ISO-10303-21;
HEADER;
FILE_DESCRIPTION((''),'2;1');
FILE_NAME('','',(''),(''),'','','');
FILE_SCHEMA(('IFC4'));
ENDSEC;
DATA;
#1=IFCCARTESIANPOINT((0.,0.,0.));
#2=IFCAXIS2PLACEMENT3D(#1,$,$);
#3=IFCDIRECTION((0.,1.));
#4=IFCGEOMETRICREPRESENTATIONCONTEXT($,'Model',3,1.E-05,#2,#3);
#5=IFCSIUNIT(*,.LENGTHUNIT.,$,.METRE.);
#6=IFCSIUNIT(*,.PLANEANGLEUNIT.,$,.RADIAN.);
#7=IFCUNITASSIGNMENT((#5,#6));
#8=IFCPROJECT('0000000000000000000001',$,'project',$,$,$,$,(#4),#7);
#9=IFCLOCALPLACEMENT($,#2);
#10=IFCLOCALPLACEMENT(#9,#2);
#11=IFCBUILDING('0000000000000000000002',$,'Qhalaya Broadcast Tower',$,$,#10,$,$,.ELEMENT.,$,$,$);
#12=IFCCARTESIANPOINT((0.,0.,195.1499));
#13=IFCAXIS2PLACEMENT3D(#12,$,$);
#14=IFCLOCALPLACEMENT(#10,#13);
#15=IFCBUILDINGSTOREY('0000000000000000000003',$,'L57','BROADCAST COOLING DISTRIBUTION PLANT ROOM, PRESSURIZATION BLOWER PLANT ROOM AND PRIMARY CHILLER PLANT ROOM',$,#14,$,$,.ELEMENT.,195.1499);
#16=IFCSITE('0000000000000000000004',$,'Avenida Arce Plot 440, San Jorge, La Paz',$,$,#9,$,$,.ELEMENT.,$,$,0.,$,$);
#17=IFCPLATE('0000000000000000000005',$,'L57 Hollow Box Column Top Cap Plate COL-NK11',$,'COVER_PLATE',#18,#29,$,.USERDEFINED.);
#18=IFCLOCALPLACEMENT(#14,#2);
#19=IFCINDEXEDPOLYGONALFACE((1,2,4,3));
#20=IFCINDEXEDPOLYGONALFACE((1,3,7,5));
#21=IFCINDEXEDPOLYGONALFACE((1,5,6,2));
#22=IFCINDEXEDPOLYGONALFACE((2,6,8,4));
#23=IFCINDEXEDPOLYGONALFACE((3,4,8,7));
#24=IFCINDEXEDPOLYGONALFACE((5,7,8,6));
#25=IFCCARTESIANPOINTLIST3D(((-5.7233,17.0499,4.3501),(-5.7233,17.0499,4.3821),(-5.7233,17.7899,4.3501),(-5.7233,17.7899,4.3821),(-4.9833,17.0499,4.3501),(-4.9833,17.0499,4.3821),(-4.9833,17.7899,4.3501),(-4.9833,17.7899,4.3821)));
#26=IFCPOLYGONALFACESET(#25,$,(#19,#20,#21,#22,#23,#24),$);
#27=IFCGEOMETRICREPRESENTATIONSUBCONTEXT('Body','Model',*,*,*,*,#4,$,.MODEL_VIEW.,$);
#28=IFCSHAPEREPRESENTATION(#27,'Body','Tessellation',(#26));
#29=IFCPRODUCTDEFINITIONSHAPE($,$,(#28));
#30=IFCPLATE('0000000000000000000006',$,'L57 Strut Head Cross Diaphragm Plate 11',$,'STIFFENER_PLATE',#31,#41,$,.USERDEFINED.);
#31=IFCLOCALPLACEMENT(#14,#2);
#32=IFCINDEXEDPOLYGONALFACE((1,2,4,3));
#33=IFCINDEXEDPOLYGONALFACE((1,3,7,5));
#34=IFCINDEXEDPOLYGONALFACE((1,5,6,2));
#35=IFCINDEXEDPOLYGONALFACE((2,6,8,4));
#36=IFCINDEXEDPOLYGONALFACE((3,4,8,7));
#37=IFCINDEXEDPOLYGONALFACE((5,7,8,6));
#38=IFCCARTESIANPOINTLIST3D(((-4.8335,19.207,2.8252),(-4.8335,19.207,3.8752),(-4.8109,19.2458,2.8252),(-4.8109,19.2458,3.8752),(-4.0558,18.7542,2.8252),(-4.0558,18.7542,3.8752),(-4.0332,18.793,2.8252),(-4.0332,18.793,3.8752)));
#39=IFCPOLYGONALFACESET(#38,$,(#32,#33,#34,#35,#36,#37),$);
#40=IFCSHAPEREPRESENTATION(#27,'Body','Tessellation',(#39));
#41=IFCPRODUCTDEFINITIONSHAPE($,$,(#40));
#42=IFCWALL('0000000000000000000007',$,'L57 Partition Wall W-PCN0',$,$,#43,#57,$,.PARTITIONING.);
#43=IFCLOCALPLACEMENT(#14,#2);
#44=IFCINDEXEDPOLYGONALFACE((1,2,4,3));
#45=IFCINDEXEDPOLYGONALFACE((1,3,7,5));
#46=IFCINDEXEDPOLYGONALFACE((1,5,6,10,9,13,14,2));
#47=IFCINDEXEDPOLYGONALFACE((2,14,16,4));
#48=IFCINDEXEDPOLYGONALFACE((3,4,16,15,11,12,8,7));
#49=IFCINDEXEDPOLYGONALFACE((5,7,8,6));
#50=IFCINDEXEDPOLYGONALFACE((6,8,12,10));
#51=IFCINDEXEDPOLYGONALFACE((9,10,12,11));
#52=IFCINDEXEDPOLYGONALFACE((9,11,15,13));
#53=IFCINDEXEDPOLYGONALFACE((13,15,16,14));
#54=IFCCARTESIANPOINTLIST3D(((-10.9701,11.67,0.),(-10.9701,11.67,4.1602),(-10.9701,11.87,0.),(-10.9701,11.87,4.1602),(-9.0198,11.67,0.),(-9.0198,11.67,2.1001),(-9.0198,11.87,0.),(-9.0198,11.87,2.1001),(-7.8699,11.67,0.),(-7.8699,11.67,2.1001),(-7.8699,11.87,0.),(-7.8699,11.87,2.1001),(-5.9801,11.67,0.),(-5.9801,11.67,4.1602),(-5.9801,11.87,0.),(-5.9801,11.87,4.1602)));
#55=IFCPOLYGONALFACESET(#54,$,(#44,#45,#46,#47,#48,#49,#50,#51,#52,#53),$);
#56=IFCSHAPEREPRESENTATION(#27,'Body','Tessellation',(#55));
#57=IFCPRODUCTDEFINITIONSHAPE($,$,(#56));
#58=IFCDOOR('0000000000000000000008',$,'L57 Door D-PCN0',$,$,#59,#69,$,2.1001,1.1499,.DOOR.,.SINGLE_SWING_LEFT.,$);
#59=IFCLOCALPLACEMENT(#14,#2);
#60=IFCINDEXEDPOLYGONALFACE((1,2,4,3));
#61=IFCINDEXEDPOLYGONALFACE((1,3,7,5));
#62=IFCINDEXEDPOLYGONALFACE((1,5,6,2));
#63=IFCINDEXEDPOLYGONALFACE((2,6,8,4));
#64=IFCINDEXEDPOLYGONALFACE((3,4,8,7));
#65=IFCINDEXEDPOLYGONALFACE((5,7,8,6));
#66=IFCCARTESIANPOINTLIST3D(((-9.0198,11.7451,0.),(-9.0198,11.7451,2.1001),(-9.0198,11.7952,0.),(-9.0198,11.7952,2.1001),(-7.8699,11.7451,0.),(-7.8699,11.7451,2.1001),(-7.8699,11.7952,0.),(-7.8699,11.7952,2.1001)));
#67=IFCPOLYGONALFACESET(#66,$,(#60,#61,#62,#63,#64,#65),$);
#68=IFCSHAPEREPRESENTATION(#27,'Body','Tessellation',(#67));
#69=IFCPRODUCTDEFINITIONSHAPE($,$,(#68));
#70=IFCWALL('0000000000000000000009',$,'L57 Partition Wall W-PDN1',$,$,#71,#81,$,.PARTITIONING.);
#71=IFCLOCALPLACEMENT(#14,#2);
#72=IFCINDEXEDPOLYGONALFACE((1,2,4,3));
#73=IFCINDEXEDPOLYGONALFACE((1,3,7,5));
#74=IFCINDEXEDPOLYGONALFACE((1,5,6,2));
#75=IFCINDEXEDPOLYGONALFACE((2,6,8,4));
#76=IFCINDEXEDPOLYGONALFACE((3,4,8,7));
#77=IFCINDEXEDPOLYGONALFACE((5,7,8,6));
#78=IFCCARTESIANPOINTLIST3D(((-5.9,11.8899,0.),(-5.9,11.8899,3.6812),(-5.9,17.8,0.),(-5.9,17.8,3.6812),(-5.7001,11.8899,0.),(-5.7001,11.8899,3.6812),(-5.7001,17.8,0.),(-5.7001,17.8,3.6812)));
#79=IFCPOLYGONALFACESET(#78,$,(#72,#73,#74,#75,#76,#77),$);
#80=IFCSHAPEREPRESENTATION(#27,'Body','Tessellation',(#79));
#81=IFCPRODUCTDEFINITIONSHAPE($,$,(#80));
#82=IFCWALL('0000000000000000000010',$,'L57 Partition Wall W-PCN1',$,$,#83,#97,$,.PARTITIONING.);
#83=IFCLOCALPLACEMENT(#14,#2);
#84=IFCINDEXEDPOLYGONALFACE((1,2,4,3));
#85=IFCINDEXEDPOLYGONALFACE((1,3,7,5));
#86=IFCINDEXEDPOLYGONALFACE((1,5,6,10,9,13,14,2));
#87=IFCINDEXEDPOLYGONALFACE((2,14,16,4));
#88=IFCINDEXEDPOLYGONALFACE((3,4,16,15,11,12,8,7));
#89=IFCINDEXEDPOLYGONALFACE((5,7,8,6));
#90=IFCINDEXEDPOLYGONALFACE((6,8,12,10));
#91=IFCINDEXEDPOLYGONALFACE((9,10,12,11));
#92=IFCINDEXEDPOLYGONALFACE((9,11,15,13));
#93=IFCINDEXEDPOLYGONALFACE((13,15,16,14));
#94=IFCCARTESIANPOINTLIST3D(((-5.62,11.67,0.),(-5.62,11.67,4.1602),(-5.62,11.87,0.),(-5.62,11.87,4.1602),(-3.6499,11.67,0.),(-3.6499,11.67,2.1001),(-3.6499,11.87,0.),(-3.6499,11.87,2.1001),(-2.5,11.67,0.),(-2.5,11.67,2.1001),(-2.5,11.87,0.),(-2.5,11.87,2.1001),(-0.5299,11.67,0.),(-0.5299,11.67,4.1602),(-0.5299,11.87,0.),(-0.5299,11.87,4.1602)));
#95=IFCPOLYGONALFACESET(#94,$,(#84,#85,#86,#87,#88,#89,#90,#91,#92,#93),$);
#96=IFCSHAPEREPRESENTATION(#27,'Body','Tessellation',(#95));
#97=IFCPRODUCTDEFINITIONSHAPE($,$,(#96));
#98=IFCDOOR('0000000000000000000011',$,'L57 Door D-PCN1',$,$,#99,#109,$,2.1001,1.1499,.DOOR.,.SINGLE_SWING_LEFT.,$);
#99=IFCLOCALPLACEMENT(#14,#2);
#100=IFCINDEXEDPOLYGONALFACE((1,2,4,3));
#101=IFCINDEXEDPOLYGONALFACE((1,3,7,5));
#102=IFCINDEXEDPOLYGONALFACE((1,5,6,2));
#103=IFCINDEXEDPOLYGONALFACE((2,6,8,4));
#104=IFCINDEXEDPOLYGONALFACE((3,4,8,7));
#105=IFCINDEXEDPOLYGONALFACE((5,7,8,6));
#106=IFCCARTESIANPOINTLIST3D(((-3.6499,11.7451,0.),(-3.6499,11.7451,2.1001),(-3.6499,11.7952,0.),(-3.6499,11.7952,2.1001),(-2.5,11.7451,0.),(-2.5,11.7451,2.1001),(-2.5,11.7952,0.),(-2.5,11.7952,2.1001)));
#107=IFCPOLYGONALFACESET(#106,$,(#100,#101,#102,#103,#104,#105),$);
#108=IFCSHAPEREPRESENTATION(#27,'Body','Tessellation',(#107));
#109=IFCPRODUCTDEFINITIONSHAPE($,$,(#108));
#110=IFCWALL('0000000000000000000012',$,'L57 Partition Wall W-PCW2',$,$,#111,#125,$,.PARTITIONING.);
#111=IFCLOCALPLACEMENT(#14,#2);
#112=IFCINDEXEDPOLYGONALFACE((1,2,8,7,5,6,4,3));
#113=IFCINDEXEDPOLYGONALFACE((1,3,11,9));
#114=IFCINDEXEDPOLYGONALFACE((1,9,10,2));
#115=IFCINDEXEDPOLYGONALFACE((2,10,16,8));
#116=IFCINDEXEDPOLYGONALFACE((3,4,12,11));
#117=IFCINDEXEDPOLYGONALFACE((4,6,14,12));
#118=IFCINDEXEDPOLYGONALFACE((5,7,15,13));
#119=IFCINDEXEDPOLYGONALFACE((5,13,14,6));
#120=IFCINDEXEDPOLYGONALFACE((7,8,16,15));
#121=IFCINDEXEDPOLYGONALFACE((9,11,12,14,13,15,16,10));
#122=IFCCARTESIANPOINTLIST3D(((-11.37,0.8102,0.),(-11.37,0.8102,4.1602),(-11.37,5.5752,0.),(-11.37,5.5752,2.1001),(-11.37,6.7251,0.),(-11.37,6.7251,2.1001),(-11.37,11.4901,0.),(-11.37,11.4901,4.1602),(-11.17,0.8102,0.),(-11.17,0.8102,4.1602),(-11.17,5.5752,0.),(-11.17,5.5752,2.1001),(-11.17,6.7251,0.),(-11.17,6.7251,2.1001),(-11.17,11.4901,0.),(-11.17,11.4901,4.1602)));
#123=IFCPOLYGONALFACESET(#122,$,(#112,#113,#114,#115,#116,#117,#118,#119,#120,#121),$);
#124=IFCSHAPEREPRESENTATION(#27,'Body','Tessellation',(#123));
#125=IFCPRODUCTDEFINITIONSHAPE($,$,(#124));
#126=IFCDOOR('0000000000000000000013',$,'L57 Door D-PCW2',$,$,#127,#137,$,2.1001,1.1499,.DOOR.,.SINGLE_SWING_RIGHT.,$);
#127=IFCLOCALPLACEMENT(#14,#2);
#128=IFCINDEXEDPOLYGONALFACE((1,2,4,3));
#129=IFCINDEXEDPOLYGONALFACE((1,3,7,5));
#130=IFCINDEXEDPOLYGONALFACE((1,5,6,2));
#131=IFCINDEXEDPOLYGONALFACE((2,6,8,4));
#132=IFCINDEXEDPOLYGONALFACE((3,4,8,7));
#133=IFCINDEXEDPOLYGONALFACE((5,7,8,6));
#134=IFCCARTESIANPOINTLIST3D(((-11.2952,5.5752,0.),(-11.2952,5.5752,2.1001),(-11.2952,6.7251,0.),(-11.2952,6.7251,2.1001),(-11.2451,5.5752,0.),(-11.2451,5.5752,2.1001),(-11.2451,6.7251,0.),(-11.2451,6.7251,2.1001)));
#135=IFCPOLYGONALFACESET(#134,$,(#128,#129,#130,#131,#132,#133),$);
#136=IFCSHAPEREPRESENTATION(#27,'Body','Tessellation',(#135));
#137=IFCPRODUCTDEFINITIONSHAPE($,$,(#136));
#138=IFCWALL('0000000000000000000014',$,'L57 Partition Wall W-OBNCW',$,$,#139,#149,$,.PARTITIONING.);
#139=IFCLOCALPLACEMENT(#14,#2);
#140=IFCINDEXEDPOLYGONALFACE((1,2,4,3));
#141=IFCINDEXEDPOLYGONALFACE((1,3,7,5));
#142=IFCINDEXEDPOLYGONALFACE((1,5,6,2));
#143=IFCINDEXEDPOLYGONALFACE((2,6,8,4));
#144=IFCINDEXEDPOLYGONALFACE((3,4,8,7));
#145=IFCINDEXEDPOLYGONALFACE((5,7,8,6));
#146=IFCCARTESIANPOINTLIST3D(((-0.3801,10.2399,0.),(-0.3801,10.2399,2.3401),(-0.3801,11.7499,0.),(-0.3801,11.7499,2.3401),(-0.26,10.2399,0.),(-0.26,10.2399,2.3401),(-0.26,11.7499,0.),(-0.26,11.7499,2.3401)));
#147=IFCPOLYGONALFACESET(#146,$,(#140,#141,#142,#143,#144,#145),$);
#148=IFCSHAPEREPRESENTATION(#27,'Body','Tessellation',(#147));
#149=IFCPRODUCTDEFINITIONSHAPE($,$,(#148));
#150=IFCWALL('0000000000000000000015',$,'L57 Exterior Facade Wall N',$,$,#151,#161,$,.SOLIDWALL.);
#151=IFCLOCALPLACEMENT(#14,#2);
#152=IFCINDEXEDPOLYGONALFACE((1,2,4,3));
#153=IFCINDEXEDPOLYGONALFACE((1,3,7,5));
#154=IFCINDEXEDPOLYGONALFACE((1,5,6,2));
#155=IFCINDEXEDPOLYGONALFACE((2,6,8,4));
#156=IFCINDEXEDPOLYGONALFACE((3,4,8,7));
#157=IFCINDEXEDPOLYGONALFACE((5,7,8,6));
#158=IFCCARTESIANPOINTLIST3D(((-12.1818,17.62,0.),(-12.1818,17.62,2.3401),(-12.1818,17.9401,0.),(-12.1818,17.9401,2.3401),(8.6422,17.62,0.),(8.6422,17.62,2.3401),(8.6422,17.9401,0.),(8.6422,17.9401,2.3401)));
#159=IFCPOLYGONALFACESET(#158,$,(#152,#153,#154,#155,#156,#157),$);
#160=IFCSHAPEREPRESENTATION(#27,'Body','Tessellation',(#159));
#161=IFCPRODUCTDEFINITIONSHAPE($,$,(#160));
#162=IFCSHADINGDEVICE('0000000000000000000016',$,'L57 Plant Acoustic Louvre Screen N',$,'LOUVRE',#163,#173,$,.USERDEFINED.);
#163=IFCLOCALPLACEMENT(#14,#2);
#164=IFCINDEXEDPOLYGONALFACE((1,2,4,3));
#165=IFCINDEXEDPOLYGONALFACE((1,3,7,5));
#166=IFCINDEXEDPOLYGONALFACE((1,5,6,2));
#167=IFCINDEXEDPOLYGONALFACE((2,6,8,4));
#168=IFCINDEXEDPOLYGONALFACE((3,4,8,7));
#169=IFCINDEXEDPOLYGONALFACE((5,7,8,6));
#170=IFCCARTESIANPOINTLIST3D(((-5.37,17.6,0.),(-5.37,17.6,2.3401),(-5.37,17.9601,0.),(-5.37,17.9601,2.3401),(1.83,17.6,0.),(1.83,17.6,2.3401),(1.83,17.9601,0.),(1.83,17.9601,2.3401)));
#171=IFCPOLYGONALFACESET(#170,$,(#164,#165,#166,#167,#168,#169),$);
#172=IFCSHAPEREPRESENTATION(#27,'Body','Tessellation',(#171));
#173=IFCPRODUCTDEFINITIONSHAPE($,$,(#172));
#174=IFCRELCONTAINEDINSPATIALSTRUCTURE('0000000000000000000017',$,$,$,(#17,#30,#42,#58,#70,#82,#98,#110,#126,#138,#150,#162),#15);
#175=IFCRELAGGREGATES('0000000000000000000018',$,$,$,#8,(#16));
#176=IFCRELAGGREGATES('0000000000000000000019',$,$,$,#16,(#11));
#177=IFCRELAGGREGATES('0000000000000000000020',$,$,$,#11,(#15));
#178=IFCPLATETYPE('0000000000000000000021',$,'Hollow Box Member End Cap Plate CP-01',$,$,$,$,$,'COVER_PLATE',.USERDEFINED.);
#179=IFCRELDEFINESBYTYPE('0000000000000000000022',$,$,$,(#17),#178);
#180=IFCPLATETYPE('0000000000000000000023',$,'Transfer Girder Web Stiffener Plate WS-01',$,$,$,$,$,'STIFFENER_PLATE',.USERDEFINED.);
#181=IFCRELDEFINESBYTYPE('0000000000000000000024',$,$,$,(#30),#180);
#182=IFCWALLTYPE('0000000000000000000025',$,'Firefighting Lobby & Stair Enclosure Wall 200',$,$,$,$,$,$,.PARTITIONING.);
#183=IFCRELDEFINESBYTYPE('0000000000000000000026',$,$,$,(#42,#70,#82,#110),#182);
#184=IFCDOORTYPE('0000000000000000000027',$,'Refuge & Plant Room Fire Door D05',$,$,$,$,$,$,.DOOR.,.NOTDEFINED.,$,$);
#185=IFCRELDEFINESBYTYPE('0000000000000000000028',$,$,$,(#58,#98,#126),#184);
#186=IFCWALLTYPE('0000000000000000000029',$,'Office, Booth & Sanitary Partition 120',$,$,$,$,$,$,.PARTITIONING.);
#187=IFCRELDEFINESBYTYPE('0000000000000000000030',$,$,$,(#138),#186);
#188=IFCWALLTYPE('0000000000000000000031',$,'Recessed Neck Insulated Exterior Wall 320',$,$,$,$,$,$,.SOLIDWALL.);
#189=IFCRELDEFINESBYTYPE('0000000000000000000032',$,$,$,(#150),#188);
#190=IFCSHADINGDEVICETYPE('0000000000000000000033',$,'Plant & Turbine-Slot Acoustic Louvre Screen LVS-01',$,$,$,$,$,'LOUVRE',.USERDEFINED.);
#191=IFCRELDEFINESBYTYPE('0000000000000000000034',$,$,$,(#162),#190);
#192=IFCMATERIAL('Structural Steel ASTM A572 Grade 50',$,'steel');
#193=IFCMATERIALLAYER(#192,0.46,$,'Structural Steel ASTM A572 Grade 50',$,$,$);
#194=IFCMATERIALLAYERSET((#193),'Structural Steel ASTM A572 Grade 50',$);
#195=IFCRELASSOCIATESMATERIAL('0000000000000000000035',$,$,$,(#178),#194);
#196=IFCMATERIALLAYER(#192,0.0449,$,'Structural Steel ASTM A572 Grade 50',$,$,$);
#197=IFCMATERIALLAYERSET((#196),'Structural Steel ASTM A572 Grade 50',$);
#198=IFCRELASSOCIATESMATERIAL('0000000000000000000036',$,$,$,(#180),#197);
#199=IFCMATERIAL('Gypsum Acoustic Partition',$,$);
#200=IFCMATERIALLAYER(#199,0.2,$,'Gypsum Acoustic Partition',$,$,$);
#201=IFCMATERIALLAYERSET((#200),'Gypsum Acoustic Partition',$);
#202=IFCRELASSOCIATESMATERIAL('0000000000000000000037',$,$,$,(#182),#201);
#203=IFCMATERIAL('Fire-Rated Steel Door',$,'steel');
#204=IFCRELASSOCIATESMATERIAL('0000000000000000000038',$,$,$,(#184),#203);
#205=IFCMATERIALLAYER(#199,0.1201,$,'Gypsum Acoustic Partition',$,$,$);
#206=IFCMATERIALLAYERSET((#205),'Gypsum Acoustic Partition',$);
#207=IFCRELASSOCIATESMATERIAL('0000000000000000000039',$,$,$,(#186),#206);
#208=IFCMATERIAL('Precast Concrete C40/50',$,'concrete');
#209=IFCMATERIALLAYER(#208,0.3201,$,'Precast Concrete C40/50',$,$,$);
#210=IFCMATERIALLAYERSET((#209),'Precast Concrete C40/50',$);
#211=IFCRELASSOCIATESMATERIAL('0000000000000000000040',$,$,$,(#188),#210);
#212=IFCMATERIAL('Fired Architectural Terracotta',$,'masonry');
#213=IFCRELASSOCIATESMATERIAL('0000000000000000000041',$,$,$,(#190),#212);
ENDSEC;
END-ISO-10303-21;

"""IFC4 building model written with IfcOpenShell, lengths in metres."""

from ifc_helpers import new_model, si_unit, direction, frame, frame_2d, origin, origin_2d, place, context, subcontext, project, spatial, rectangle, extrude, material, layer, layer_set, type_object, element, fill, save


model = new_model("IFC4")

# Units and contexts
model_context = context("Model", 3, precision=1e-05, world=origin(), true_north=direction((0.0, 1.0)))
body_context = subcontext(model_context, "Body", "Model", "MODEL_VIEW")
ifc_project = project(units=[si_unit("LENGTHUNIT", "METRE"), si_unit("PLANEANGLEUNIT", "RADIAN")], contexts=[model_context])

# Site, building, storey
site_placement = place(None, origin())
site = spatial("IfcSite", under=ifc_project, at=site_placement, Name="Avenida Arce Plot 440, San Jorge, La Paz", CompositionType="ELEMENT", RefElevation=0.0)
building_placement = place(site_placement, origin())
building = spatial("IfcBuilding", under=site, at=building_placement, Name="Qhalaya Broadcast Tower", CompositionType="ELEMENT")
storey_placement = place(building_placement, frame((0.0, 0.0, 195.1499)))
storey = spatial("IfcBuildingStorey", under=building, at=storey_placement, Name="L57", Description="BROADCAST COOLING DISTRIBUTION PLANT ROOM, PRESSURIZATION BLOWER PLANT ROOM AND PRIMARY CHILLER PLANT ROOM", CompositionType="ELEMENT", Elevation=195.1499)

# Shared definitions
ifc_material_1 = material(Name="Structural Steel ASTM A572 Grade 50", Category="steel")

# Plates
ifc_layer_1 = layer(ifc_material_1, 0.46, Name="Structural Steel ASTM A572 Grade 50")
ifc_layer_set_1 = layer_set([ifc_layer_1], Name="Structural Steel ASTM A572 Grade 50")
plate_type_1 = type_object("IfcPlateType", Name="Hollow Box Member End Cap Plate CP-01", ElementType="COVER_PLATE", PredefinedType="USERDEFINED", material=ifc_layer_set_1)
plate_1_placement = place(storey_placement, frame((-5.3533, 17.4199, 4.3501), z_axis=(0.0, 0.0, 1.0), x_axis=(1.0, 0.0, 0.0)))
element("IfcPlate", 1, at=plate_1_placement, inside=storey, type_object=plate_type_1, Name="L57 Hollow Box Column Top Cap Plate COL-NK11", ObjectType="COVER_PLATE", PredefinedType="USERDEFINED", context=body_context, shape_type="SweptSolid", body=[
    extrude(rectangle(XDim=0.74, YDim=0.74, at=origin_2d()), origin(), (0.0, 0.0, 1.0), 0.032),
])
ifc_layer_2 = layer(ifc_material_1, 0.0449, Name="Structural Steel ASTM A572 Grade 50")
ifc_layer_set_2 = layer_set([ifc_layer_2], Name="Structural Steel ASTM A572 Grade 50")
plate_type_2 = type_object("IfcPlateType", Name="Transfer Girder Web Stiffener Plate WS-01", ElementType="STIFFENER_PLATE", PredefinedType="USERDEFINED", material=ifc_layer_set_2)
plate_2_placement = place(storey_placement, frame((-4.4333, 19.0, 2.8252), z_axis=(0.0, 0.0, 1.0), x_axis=(-0.864178, 0.503186, 0.0)))
element("IfcPlate", 2, at=plate_2_placement, inside=storey, type_object=plate_type_2, Name="L57 Strut Head Cross Diaphragm Plate 11", ObjectType="STIFFENER_PLATE", PredefinedType="USERDEFINED", context=body_context, shape_type="SweptSolid", body=[
    extrude(rectangle(XDim=0.8999, YDim=0.0449, at=origin_2d()), origin(), (0.0, 0.0, 1.0), 1.05),
])

# Wall, opening, door
ifc_material_2 = material(Name="Gypsum Acoustic Partition")
ifc_layer_3 = layer(ifc_material_2, 0.2, Name="Gypsum Acoustic Partition")
ifc_layer_set_3 = layer_set([ifc_layer_3], Name="Gypsum Acoustic Partition")
wall_type_1 = type_object("IfcWallType", Name="Firefighting Lobby & Stair Enclosure Wall 200", PredefinedType="PARTITIONING", material=ifc_layer_set_3)
wall_1_placement = place(storey_placement, frame((-5.98, 11.77, 0.0), z_axis=(0.0, 0.0, 1.0), x_axis=(-1.0, 0.0, 0.0)))
wall_1 = element("IfcWall", 3, at=wall_1_placement, inside=storey, type_object=wall_type_1, Name="L57 Partition Wall W-PCN0", PredefinedType="PARTITIONING", context=body_context, shape_type="SweptSolid", body=[
    extrude(rectangle(XDim=4.99, YDim=0.2, at=frame_2d((2.4951, 0.0))), origin(), (0.0, 0.0, 1.0), 4.1602),
])
opening_1_placement = place(wall_1_placement, frame((1.8899, 0.0, 0.0)))
opening_1 = element("IfcOpeningElement", 4, at=opening_1_placement, cuts=wall_1, PredefinedType="OPENING", context=body_context, shape_type="SweptSolid", body=[
    extrude(rectangle(XDim=1.1499, YDim=2.1001, at=frame_2d((0.575, 1.05))), frame((0.0, 0.1121, 0.0), z_axis=(0.0, -1.0, 0.0), x_axis=(1.0, 0.0, 0.0)), (0.0, 0.0, 1.0), 0.2239),
])
ifc_material_3 = material(Name="Fire-Rated Steel Door", Category="steel")
door_type = type_object("IfcDoorType", Name="Refuge & Plant Room Fire Door D05", OperationType="NOTDEFINED", PredefinedType="DOOR", material=ifc_material_3)
door_1_placement = place(opening_1_placement, origin())
door_1 = element("IfcDoor", 5, at=door_1_placement, inside=storey, type_object=door_type, Name="L57 Door D-PCN0", OperationType="SINGLE_SWING_LEFT", OverallHeight=2.1001, OverallWidth=1.1499, PredefinedType="DOOR", context=body_context, shape_type="SweptSolid", body=[
    extrude(rectangle(XDim=1.1499, YDim=2.1001, at=frame_2d((0.575, 1.05))), frame((0.0, 0.0249, 0.0), z_axis=(0.0, -1.0, 0.0), x_axis=(1.0, 0.0, 0.0)), (0.0, 0.0, 1.0), 0.05),
])
fill(opening_1, door_1)

# Wall
wall_2_placement = place(storey_placement, frame((-5.8, 11.8899, 0.0), z_axis=(0.0, 0.0, 1.0), x_axis=(0.0, 1.0, 0.0)))
element("IfcWall", 6, at=wall_2_placement, inside=storey, type_object=wall_type_1, Name="L57 Partition Wall W-PDN1", PredefinedType="PARTITIONING", context=body_context, shape_type="SweptSolid", body=[
    extrude(rectangle(XDim=5.9102, YDim=0.2, at=frame_2d((2.9551, 0.0))), origin(), (0.0, 0.0, 1.0), 3.6812),
])

# Walls, openings, doors
wall_3_placement = place(storey_placement, frame((-0.53, 11.77, 0.0), z_axis=(0.0, 0.0, 1.0), x_axis=(-1.0, 0.0, 0.0)))
wall_3 = element("IfcWall", 7, at=wall_3_placement, inside=storey, type_object=wall_type_1, Name="L57 Partition Wall W-PCN1", PredefinedType="PARTITIONING", context=body_context, shape_type="SweptSolid", body=[
    extrude(rectangle(XDim=5.0901, YDim=0.2, at=frame_2d((2.5449, 0.0))), origin(), (0.0, 0.0, 1.0), 4.1602),
])
opening_2_placement = place(wall_3_placement, frame((1.97, 0.0, 0.0)))
opening_2 = element("IfcOpeningElement", 8, at=opening_2_placement, cuts=wall_3, PredefinedType="OPENING", context=body_context, shape_type="SweptSolid", body=[
    extrude(rectangle(XDim=1.1499, YDim=2.1001, at=frame_2d((0.575, 1.05))), frame((0.0, 0.1121, 0.0), z_axis=(0.0, -1.0, 0.0), x_axis=(1.0, 0.0, 0.0)), (0.0, 0.0, 1.0), 0.2239),
])
door_2_placement = place(opening_2_placement, origin())
door_2 = element("IfcDoor", 9, at=door_2_placement, inside=storey, type_object=door_type, Name="L57 Door D-PCN1", OperationType="SINGLE_SWING_LEFT", OverallHeight=2.1001, OverallWidth=1.1499, PredefinedType="DOOR", context=body_context, shape_type="SweptSolid", body=[
    extrude(rectangle(XDim=1.1499, YDim=2.1001, at=frame_2d((0.575, 1.05))), frame((0.0, 0.0249, 0.0), z_axis=(0.0, -1.0, 0.0), x_axis=(1.0, 0.0, 0.0)), (0.0, 0.0, 1.0), 0.05),
])
fill(opening_2, door_2)
wall_4_placement = place(storey_placement, frame((-11.27, 11.49, 0.0), z_axis=(0.0, 0.0, 1.0), x_axis=(0.0, -1.0, 0.0)))
wall_4 = element("IfcWall", 10, at=wall_4_placement, inside=storey, type_object=wall_type_1, Name="L57 Partition Wall W-PCW2", PredefinedType="PARTITIONING", context=body_context, shape_type="SweptSolid", body=[
    extrude(rectangle(XDim=10.6799, YDim=0.2, at=frame_2d((5.3398, 0.0))), origin(), (0.0, 0.0, 1.0), 4.1602),
])
opening_3_placement = place(wall_4_placement, frame((4.7649, 0.0, 0.0)))
opening_3 = element("IfcOpeningElement", 11, at=opening_3_placement, cuts=wall_4, PredefinedType="OPENING", context=body_context, shape_type="SweptSolid", body=[
    extrude(rectangle(XDim=1.1499, YDim=2.1001, at=frame_2d((0.575, 1.05))), frame((0.0, 0.1121, 0.0), z_axis=(0.0, -1.0, 0.0), x_axis=(1.0, 0.0, 0.0)), (0.0, 0.0, 1.0), 0.2239),
])
door_3_placement = place(opening_3_placement, origin())
door_3 = element("IfcDoor", 12, at=door_3_placement, inside=storey, type_object=door_type, Name="L57 Door D-PCW2", OperationType="SINGLE_SWING_RIGHT", OverallHeight=2.1001, OverallWidth=1.1499, PredefinedType="DOOR", context=body_context, shape_type="SweptSolid", body=[
    extrude(rectangle(XDim=1.1499, YDim=2.1001, at=frame_2d((0.575, 1.05))), frame((0.0, 0.0249, 0.0), z_axis=(0.0, -1.0, 0.0), x_axis=(1.0, 0.0, 0.0)), (0.0, 0.0, 1.0), 0.05),
])
fill(opening_3, door_3)

# Walls
ifc_layer_4 = layer(ifc_material_2, 0.1201, Name="Gypsum Acoustic Partition")
ifc_layer_set_4 = layer_set([ifc_layer_4], Name="Gypsum Acoustic Partition")
wall_type_2 = type_object("IfcWallType", Name="Office, Booth & Sanitary Partition 120", PredefinedType="PARTITIONING", material=ifc_layer_set_4)
wall_5_placement = place(storey_placement, frame((-0.3201, 10.24, 0.0), z_axis=(0.0, 0.0, 1.0), x_axis=(0.0, 1.0, 0.0)))
element("IfcWall", 13, at=wall_5_placement, inside=storey, type_object=wall_type_2, Name="L57 Partition Wall W-OBNCW", PredefinedType="PARTITIONING", context=body_context, shape_type="SweptSolid", body=[
    extrude(rectangle(XDim=1.51, YDim=0.1201, at=frame_2d((0.7549, 0.0))), origin(), (0.0, 0.0, 1.0), 2.3401),
])
ifc_material_4 = material(Name="Precast Concrete C40/50", Category="concrete")
ifc_layer_5 = layer(ifc_material_4, 0.3201, Name="Precast Concrete C40/50")
ifc_layer_set_5 = layer_set([ifc_layer_5], Name="Precast Concrete C40/50")
wall_type_3 = type_object("IfcWallType", Name="Recessed Neck Insulated Exterior Wall 320", PredefinedType="SOLIDWALL", material=ifc_layer_set_5)
wall_6_placement = place(storey_placement, frame((-12.1819, 17.78, 0.0), z_axis=(0.0, 0.0, 1.0), x_axis=(1.0, 0.0, 0.0)))
element("IfcWall", 14, at=wall_6_placement, inside=storey, type_object=wall_type_3, Name="L57 Exterior Facade Wall N", PredefinedType="SOLIDWALL", context=body_context, shape_type="SweptSolid", body=[
    extrude(rectangle(XDim=20.824, YDim=0.3201, at=frame_2d((10.4121, 0.0))), origin(), (0.0, 0.0, 1.0), 2.3401),
])

# Shading device
ifc_material_5 = material(Name="Fired Architectural Terracotta", Category="masonry")
shading_device_type = type_object("IfcShadingDeviceType", Name="Plant & Turbine-Slot Acoustic Louvre Screen LVS-01", ElementType="LOUVRE", PredefinedType="USERDEFINED", material=ifc_material_5)
shading_device_placement = place(storey_placement, frame((-1.77, 17.78, 0.0), z_axis=(0.0, 0.0, 1.0), x_axis=(1.0, 0.0, 0.0)))
element("IfcShadingDevice", 15, at=shading_device_placement, inside=storey, type_object=shading_device_type, Name="L57 Plant Acoustic Louvre Screen N", ObjectType="LOUVRE", PredefinedType="USERDEFINED", context=body_context, shape_type="SweptSolid", body=[
    extrude(rectangle(XDim=7.2, YDim=0.3601, at=origin_2d()), origin(), (0.0, 0.0, 1.0), 2.3401),
])

save(model, "model.ifc")
